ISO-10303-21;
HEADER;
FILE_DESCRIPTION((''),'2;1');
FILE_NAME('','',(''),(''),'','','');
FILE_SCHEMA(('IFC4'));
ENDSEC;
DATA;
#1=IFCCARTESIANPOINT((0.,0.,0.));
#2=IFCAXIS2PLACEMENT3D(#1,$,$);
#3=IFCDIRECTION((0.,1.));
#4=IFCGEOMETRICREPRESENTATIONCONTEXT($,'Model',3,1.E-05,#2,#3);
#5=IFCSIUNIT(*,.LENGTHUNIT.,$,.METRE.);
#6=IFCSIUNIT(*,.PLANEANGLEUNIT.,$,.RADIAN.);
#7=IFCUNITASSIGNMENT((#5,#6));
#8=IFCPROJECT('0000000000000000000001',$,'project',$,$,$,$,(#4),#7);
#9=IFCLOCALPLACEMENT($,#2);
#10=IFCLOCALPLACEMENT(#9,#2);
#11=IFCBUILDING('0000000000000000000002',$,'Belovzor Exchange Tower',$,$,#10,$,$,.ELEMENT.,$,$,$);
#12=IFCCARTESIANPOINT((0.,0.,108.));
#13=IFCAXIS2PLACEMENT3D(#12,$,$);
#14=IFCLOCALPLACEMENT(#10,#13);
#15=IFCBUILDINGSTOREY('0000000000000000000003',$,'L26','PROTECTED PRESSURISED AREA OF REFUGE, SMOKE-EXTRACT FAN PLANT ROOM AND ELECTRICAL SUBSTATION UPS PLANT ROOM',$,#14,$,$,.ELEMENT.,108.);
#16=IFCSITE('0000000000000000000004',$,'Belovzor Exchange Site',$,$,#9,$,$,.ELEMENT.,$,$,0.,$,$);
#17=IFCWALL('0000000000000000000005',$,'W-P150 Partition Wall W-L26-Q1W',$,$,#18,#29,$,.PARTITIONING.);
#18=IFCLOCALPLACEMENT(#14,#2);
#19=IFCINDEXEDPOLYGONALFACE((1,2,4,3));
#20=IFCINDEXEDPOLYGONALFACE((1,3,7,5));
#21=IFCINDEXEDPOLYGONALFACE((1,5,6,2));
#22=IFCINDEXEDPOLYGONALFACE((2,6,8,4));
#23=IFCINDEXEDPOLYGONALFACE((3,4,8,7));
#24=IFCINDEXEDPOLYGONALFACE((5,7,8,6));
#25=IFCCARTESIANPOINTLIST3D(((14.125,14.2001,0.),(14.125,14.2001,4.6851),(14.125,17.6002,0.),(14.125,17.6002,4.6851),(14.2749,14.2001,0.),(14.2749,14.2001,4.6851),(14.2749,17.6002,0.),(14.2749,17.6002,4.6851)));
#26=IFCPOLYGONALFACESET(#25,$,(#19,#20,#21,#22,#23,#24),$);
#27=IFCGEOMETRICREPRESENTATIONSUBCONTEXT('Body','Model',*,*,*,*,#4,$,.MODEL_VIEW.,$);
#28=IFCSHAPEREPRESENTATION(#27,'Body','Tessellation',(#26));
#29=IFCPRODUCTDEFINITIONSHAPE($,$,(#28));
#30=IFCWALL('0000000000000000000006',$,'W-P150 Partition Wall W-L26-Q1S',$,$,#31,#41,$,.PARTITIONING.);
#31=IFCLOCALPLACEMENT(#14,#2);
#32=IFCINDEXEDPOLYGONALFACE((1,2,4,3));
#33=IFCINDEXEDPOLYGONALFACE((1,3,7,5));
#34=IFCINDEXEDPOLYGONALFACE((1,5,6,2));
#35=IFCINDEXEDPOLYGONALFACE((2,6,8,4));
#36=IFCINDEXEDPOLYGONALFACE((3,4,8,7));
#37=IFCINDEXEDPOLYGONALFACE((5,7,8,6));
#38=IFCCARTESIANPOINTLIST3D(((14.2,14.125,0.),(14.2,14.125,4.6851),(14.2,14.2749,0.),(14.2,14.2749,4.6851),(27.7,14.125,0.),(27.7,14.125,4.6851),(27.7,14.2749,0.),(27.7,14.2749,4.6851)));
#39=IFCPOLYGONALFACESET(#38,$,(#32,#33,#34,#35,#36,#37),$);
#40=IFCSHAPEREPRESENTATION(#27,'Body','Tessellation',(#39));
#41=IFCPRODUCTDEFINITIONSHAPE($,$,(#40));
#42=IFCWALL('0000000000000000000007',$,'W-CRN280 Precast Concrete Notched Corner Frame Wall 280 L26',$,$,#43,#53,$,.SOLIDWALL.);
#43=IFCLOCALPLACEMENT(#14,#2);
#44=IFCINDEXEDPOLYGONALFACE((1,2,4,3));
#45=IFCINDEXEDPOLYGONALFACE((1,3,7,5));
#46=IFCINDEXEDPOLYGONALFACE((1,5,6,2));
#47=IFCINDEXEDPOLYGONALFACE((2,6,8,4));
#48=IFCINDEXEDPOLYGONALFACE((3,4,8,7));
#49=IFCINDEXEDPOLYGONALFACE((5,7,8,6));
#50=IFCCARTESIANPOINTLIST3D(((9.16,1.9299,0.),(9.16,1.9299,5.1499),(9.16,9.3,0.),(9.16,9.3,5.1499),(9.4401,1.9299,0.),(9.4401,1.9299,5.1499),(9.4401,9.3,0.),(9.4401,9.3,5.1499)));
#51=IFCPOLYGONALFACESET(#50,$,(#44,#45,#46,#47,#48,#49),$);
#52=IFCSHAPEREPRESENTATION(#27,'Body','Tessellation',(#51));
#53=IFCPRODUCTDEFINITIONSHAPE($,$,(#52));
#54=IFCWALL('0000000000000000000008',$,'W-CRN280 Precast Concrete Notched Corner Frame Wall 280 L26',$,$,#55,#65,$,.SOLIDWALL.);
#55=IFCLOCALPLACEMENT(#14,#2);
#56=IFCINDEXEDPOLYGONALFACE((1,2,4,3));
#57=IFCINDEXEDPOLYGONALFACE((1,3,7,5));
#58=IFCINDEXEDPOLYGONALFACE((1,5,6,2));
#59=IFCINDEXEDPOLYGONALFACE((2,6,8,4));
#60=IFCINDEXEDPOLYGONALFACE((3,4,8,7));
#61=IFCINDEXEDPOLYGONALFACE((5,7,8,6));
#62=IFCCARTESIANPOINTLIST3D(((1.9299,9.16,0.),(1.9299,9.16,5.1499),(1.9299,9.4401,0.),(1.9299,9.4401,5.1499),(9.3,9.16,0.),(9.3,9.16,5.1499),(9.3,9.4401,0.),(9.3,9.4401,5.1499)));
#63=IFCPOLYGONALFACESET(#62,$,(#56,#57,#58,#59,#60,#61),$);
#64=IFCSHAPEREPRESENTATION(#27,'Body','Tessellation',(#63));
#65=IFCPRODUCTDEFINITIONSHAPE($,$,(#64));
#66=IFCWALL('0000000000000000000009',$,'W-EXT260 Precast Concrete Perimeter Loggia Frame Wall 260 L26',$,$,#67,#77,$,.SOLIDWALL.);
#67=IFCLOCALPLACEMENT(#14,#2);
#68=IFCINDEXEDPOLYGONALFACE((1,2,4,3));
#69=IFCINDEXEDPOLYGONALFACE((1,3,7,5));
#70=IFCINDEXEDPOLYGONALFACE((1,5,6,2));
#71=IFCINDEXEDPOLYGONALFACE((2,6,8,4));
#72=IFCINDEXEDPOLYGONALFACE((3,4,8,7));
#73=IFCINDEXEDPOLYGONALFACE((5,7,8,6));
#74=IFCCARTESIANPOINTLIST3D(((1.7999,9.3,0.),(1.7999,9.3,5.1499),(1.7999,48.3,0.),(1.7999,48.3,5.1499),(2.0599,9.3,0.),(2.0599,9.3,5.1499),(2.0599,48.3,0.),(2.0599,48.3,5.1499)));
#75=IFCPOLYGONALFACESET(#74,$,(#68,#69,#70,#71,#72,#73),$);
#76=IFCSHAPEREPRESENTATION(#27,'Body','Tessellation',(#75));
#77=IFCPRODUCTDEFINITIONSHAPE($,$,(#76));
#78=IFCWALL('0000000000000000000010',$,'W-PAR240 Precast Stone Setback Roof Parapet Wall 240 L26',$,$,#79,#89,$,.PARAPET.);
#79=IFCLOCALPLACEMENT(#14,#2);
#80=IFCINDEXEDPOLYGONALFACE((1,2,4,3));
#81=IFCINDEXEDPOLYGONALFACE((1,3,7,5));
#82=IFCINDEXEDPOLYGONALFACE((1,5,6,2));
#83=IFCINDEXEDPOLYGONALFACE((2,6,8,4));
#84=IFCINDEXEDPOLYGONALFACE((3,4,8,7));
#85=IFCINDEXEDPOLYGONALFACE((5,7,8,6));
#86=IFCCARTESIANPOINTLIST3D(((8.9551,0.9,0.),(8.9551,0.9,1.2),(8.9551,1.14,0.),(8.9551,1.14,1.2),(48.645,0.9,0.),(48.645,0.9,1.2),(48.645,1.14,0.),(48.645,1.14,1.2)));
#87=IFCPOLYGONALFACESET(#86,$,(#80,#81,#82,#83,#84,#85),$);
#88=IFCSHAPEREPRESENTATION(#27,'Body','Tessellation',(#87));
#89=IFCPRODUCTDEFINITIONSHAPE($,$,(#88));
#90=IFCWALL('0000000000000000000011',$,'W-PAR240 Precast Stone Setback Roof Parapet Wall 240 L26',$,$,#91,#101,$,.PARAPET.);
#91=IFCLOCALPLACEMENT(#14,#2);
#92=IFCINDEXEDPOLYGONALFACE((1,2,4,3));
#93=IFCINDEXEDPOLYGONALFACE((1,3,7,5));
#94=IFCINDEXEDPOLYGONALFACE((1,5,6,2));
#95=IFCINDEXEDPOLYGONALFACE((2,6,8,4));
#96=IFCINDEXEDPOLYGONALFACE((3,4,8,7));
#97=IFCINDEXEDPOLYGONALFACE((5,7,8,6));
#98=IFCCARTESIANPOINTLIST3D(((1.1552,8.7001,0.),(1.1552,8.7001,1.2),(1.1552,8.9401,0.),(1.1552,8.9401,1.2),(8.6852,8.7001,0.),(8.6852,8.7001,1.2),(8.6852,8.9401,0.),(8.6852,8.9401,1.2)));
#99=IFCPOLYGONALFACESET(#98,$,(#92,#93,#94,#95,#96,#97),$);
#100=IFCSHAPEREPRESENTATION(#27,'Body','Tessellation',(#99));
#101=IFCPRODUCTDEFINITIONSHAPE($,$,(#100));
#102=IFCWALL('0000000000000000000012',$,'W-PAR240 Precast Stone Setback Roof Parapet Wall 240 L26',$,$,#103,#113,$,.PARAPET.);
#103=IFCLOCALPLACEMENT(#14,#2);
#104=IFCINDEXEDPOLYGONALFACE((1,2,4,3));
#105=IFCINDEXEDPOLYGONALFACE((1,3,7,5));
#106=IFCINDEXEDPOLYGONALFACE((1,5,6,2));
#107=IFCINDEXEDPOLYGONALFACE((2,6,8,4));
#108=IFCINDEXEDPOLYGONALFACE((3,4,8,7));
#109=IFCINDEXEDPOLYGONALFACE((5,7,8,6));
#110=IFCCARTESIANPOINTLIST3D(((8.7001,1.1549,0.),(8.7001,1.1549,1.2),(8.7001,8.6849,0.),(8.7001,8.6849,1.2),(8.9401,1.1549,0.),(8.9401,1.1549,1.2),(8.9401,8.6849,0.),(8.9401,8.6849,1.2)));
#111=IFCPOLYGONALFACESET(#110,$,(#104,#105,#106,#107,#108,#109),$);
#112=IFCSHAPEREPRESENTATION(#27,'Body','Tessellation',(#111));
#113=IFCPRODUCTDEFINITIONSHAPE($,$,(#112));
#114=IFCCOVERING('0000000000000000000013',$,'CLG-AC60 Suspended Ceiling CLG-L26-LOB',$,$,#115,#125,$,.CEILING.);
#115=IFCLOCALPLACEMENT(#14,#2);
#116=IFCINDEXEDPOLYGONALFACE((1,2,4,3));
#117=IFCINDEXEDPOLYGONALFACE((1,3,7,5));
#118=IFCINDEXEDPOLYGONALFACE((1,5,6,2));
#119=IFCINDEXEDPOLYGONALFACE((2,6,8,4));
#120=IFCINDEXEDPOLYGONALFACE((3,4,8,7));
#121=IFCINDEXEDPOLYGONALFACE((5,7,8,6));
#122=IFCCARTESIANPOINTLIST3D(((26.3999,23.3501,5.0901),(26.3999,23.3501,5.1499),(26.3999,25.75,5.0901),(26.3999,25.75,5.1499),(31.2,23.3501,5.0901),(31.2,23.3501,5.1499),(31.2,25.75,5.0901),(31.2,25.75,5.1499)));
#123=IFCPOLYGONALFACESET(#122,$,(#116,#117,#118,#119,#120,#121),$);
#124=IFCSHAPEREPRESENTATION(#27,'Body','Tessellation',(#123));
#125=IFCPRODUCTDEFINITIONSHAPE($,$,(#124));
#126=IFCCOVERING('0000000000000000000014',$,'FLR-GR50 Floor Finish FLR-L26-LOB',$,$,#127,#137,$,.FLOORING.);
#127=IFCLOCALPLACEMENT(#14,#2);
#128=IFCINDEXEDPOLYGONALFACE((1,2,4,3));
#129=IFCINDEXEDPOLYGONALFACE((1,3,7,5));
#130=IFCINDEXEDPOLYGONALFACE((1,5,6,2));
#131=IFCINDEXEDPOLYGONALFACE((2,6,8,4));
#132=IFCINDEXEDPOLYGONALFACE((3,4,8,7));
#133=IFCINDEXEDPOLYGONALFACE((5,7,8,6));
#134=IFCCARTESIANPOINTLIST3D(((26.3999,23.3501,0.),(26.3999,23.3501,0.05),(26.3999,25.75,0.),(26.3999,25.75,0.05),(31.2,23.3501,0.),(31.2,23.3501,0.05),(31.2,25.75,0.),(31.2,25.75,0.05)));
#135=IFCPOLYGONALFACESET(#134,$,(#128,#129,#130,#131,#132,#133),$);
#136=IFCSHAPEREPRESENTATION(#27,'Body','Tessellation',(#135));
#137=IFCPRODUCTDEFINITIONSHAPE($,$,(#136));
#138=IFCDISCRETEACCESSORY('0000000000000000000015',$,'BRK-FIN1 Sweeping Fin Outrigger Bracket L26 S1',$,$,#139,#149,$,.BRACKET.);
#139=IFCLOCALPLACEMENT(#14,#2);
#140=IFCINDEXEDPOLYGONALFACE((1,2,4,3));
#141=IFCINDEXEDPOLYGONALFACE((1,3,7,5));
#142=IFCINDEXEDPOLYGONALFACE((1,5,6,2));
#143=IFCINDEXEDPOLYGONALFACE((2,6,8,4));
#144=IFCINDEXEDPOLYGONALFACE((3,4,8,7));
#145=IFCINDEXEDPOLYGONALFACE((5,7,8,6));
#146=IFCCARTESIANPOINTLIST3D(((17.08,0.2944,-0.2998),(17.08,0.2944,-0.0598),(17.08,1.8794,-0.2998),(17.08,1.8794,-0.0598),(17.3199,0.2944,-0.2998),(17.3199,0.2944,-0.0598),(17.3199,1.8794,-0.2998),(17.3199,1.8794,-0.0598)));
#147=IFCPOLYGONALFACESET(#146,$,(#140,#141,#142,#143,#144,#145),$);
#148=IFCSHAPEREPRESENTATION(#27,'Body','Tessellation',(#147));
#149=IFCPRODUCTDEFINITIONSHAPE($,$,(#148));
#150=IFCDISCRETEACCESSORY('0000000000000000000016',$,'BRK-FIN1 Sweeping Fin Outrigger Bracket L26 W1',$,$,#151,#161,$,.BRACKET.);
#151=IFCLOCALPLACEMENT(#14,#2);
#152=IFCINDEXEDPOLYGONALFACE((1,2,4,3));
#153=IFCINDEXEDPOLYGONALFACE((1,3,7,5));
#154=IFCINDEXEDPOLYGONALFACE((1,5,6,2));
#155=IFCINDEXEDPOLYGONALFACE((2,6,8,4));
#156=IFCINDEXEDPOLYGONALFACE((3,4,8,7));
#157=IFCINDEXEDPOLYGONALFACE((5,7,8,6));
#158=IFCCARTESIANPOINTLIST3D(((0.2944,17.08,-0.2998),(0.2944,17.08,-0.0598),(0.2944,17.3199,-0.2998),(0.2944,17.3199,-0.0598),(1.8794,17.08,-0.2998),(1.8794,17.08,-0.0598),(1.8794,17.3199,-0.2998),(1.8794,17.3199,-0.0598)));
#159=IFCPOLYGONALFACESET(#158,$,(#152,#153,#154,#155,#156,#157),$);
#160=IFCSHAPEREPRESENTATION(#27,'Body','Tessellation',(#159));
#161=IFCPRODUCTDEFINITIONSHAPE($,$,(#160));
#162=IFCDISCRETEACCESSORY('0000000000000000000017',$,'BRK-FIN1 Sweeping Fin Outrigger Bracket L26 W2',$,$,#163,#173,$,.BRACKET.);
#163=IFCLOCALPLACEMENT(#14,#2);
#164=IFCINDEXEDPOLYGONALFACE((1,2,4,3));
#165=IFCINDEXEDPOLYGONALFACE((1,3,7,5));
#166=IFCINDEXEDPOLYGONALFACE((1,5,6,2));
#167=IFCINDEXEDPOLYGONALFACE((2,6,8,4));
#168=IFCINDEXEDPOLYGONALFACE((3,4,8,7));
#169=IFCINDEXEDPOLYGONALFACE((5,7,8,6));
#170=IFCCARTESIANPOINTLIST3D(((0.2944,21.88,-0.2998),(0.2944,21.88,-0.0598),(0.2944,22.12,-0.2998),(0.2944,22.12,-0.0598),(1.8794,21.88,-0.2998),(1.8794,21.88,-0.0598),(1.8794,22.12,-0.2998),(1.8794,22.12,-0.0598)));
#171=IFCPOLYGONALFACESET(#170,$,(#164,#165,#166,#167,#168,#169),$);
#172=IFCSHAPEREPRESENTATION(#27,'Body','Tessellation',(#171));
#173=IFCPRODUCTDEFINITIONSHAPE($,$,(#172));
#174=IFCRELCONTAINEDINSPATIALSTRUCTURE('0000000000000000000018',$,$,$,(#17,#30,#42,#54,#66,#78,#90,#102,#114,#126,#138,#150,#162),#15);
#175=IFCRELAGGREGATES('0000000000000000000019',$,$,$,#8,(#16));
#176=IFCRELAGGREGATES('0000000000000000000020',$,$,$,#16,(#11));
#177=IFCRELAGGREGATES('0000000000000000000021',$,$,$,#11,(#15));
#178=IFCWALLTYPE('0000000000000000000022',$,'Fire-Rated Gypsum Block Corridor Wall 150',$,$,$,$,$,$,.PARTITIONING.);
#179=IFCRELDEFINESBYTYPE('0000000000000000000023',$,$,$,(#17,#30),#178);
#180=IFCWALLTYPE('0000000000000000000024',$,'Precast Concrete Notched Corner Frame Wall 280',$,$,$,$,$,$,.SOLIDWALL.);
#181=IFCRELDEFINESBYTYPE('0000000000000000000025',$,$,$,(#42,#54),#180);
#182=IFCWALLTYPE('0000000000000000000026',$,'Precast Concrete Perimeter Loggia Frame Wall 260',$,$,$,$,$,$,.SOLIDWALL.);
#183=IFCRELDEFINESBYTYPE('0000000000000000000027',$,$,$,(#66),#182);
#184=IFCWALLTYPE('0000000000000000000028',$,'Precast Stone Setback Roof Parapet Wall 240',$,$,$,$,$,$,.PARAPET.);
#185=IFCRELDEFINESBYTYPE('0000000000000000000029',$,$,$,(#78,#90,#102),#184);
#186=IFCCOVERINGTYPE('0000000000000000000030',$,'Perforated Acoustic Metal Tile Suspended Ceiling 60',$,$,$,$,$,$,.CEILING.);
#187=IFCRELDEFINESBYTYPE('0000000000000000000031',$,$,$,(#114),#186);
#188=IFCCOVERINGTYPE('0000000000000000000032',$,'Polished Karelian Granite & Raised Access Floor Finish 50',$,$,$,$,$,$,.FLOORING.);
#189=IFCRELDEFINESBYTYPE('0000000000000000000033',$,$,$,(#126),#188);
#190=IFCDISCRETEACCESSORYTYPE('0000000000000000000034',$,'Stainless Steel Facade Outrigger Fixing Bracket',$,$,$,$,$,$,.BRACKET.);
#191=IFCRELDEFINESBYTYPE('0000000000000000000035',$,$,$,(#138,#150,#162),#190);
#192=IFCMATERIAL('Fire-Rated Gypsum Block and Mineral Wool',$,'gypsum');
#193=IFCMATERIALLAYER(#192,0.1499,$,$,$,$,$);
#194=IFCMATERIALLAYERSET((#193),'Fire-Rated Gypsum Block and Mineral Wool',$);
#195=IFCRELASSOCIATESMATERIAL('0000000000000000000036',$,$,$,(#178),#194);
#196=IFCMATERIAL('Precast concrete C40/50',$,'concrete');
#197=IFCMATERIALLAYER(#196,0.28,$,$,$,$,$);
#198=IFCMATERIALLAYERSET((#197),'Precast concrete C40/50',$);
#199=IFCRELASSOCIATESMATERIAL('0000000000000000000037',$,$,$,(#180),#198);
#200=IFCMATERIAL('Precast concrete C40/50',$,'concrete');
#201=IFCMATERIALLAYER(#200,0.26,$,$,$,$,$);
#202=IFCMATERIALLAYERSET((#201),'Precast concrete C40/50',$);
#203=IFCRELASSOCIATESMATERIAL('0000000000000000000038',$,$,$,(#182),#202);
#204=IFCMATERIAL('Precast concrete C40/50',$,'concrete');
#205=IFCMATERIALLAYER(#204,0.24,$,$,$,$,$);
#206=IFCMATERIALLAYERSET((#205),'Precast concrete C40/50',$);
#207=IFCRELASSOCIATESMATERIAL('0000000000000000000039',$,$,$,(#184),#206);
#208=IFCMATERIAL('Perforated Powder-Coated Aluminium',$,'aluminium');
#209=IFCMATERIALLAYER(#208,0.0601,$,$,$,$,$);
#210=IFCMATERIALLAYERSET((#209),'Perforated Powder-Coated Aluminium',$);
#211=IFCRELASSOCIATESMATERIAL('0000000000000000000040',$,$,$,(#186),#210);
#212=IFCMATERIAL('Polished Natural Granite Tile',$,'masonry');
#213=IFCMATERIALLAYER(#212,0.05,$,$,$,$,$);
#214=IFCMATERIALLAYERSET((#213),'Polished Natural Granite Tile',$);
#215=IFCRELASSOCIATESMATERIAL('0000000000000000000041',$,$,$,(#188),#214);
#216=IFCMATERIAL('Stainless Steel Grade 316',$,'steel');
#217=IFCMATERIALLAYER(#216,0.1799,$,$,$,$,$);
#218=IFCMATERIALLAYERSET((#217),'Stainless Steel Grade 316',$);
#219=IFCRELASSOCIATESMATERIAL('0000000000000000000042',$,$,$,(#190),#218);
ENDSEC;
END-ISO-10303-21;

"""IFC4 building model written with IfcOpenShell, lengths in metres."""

from ifc_helpers import new_model, si_unit, direction, frame, frame_2d, origin, origin_2d, place, context, subcontext, project, spatial, polyline, rectangle, outline, extrude, material, layer, layer_set, type_object, element, save


model = new_model("IFC4")

# Units and contexts
model_context = context("Model", 3, precision=1e-05, world=origin(), true_north=direction((0.0, 1.0)))
body_context = subcontext(model_context, "Body", "Model", "MODEL_VIEW")
ifc_project = project(units=[si_unit("LENGTHUNIT", "METRE"), si_unit("PLANEANGLEUNIT", "RADIAN")], contexts=[model_context])

# Site, building, storey
site_placement = place(None, origin())
site = spatial("IfcSite", under=ifc_project, at=site_placement, Name="Belovzor Exchange Site", CompositionType="ELEMENT", RefElevation=0.0)
building_placement = place(site_placement, origin())
building = spatial("IfcBuilding", under=site, at=building_placement, Name="Belovzor Exchange Tower", CompositionType="ELEMENT")
storey_placement = place(building_placement, frame((0.0, 0.0, 108.0)))
storey = spatial("IfcBuildingStorey", under=building, at=storey_placement, Name="L26", Description="PROTECTED PRESSURISED AREA OF REFUGE, SMOKE-EXTRACT FAN PLANT ROOM AND ELECTRICAL SUBSTATION UPS PLANT ROOM", CompositionType="ELEMENT", Elevation=108.0)

# Walls
ifc_material_1 = material(Name="Fire-Rated Gypsum Block and Mineral Wool", Category="gypsum")
ifc_layer_1 = layer(ifc_material_1, 0.1499)
ifc_layer_set_1 = layer_set([ifc_layer_1], Name="Fire-Rated Gypsum Block and Mineral Wool")
wall_type_1 = type_object("IfcWallType", Name="Fire-Rated Gypsum Block Corridor Wall 150", PredefinedType="PARTITIONING", material=ifc_layer_set_1)
wall_1_placement = place(storey_placement, frame((14.2, 14.2, 0.0), z_axis=(0.0, 0.0, 1.0), x_axis=(0.0, 1.0, 0.0)))
element("IfcWall", 1, at=wall_1_placement, inside=storey, type_object=wall_type_1, Name="W-P150 Partition Wall W-L26-Q1W", PredefinedType="PARTITIONING", context=body_context, shape_type="SweptSolid", body=[
    extrude(rectangle(XDim=3.4001, YDim=0.1499, at=frame_2d((1.7002, 0.0))), origin(), (0.0, 0.0, 1.0), 4.6851),
])
wall_2_placement = place(storey_placement, frame((14.2, 14.2, 0.0), z_axis=(0.0, 0.0, 1.0), x_axis=(1.0, 0.0, 0.0)))
element("IfcWall", 2, at=wall_2_placement, inside=storey, type_object=wall_type_1, Name="W-P150 Partition Wall W-L26-Q1S", PredefinedType="PARTITIONING", context=body_context, shape_type="SweptSolid", body=[
    extrude(rectangle(XDim=13.5, YDim=0.1499, at=frame_2d((6.75, 0.0))), origin(), (0.0, 0.0, 1.0), 4.6851),
])
ifc_material_2 = material(Name="Precast concrete C40/50", Category="concrete")
ifc_layer_2 = layer(ifc_material_2, 0.28)
ifc_layer_set_2 = layer_set([ifc_layer_2], Name="Precast concrete C40/50")
wall_type_2 = type_object("IfcWallType", Name="Precast Concrete Notched Corner Frame Wall 280", PredefinedType="SOLIDWALL", material=ifc_layer_set_2)
for number, where, z_axis, x_axis, name in (
    (3, (9.3, 1.9299, 0.0), (0.0, 0.0, 1.0), (0.0, 1.0, 0.0), "W-CRN280 Precast Concrete Notched Corner Frame Wall 280 L26"),
    (4, (9.3, 9.3, 0.0), (0.0, 0.0, 1.0), (-1.0, 0.0, 0.0), "W-CRN280 Precast Concrete Notched Corner Frame Wall 280 L26"),
):
    element("IfcWall", number, at=place(storey_placement, frame(where, z_axis=z_axis, x_axis=x_axis)), inside=storey, type_object=wall_type_2, Name=name, PredefinedType="SOLIDWALL", context=body_context, shape_type="SweptSolid", body=[
        extrude(rectangle(XDim=7.3701, YDim=0.28, at=frame_2d((3.6851, 0.0))), origin(), (0.0, 0.0, 1.0), 5.1499),
    ])
ifc_material_3 = material(Name="Precast concrete C40/50", Category="concrete")
ifc_layer_3 = layer(ifc_material_3, 0.26)
ifc_layer_set_3 = layer_set([ifc_layer_3], Name="Precast concrete C40/50")
wall_type_3 = type_object("IfcWallType", Name="Precast Concrete Perimeter Loggia Frame Wall 260", PredefinedType="SOLIDWALL", material=ifc_layer_set_3)
wall_3_placement = place(storey_placement, frame((1.9299, 9.3, 0.0), z_axis=(0.0, 0.0, 1.0), x_axis=(0.0, 1.0, 0.0)))
element("IfcWall", 5, at=wall_3_placement, inside=storey, type_object=wall_type_3, Name="W-EXT260 Precast Concrete Perimeter Loggia Frame Wall 260 L26", PredefinedType="SOLIDWALL", context=body_context, shape_type="SweptSolid", body=[
    extrude(rectangle(XDim=39.0, YDim=0.26, at=frame_2d((19.5, 0.0))), origin(), (0.0, 0.0, 1.0), 5.1499),
])
ifc_material_4 = material(Name="Precast concrete C40/50", Category="concrete")
ifc_layer_4 = layer(ifc_material_4, 0.24)
ifc_layer_set_4 = layer_set([ifc_layer_4], Name="Precast concrete C40/50")
wall_type_4 = type_object("IfcWallType", Name="Precast Stone Setback Roof Parapet Wall 240", PredefinedType="PARAPET", material=ifc_layer_set_4)
wall_4_placement = place(storey_placement, frame((8.9551, 1.02, 0.0), z_axis=(0.0, 0.0, 1.0), x_axis=(1.0, 0.0, 0.0)))
element("IfcWall", 6, at=wall_4_placement, inside=storey, type_object=wall_type_4, Name="W-PAR240 Precast Stone Setback Roof Parapet Wall 240 L26", PredefinedType="PARAPET", context=body_context, shape_type="SweptSolid", body=[
    extrude(rectangle(XDim=39.6899, YDim=0.24, at=frame_2d((19.845, 0.0))), origin(), (0.0, 0.0, 1.0), 1.2),
])
for number, where, z_axis, x_axis, name in (
    (7, (1.155, 8.8201, 0.0), (0.0, 0.0, 1.0), (1.0, 0.0, 0.0), "W-PAR240 Precast Stone Setback Roof Parapet Wall 240 L26"),
    (8, (8.8201, 8.6851, 0.0), (0.0, 0.0, 1.0), (0.0, -1.0, 0.0), "W-PAR240 Precast Stone Setback Roof Parapet Wall 240 L26"),
):
    element("IfcWall", number, at=place(storey_placement, frame(where, z_axis=z_axis, x_axis=x_axis)), inside=storey, type_object=wall_type_4, Name=name, PredefinedType="PARAPET", context=body_context, shape_type="SweptSolid", body=[
        extrude(rectangle(XDim=7.53, YDim=0.24, at=frame_2d((3.7651, 0.0))), origin(), (0.0, 0.0, 1.0), 1.2),
    ])

# Coverings
ifc_material_5 = material(Name="Perforated Powder-Coated Aluminium", Category="aluminium")
ifc_layer_5 = layer(ifc_material_5, 0.0601)
ifc_layer_set_5 = layer_set([ifc_layer_5], Name="Perforated Powder-Coated Aluminium")
covering_type_1 = type_object("IfcCoveringType", Name="Perforated Acoustic Metal Tile Suspended Ceiling 60", PredefinedType="CEILING", material=ifc_layer_set_5)
covering_1_placement = place(storey_placement, frame((0.0, 0.0, 5.0901)))
element("IfcCovering", 9, at=covering_1_placement, inside=storey, type_object=covering_type_1, Name="CLG-AC60 Suspended Ceiling CLG-L26-LOB", PredefinedType="CEILING", context=body_context, shape_type="SweptSolid", body=[
    extrude(outline(polyline([(26.3999, 23.3501), (31.2, 23.3501), (31.2, 25.75), (26.3999, 25.75), (26.3999, 23.3501)])), origin(), (0.0, 0.0, 1.0), 0.0598),
])
ifc_material_6 = material(Name="Polished Natural Granite Tile", Category="masonry")
ifc_layer_6 = layer(ifc_material_6, 0.05)
ifc_layer_set_6 = layer_set([ifc_layer_6], Name="Polished Natural Granite Tile")
covering_type_2 = type_object("IfcCoveringType", Name="Polished Karelian Granite & Raised Access Floor Finish 50", PredefinedType="FLOORING", material=ifc_layer_set_6)
covering_2_placement = place(storey_placement, origin())
element("IfcCovering", 10, at=covering_2_placement, inside=storey, type_object=covering_type_2, Name="FLR-GR50 Floor Finish FLR-L26-LOB", PredefinedType="FLOORING", context=body_context, shape_type="SweptSolid", body=[
    extrude(outline(polyline([(26.3999, 23.3501), (31.2, 23.3501), (31.2, 25.75), (26.3999, 25.75), (26.3999, 23.3501)])), origin(), (0.0, 0.0, 1.0), 0.05),
])

# Discrete accessories
ifc_material_7 = material(Name="Stainless Steel Grade 316", Category="steel")
ifc_layer_7 = layer(ifc_material_7, 0.1799)
ifc_layer_set_7 = layer_set([ifc_layer_7], Name="Stainless Steel Grade 316")
discrete_accessory_type = type_object("IfcDiscreteAccessoryType", Name="Stainless Steel Facade Outrigger Fixing Bracket", PredefinedType="BRACKET", material=ifc_layer_set_7)
for number, where, z_axis, x_axis, name in (
    (11, (17.2, 1.0869, -0.2998), (0.0, 0.0, 1.0), (0.0, 1.0, 0.0), "BRK-FIN1 Sweeping Fin Outrigger Bracket L26 S1"),
    (12, (1.0869, 17.2, -0.2998), (0.0, 0.0, 1.0), (1.0, 0.0, 0.0), "BRK-FIN1 Sweeping Fin Outrigger Bracket L26 W1"),
    (13, (1.0869, 22.0, -0.2998), (0.0, 0.0, 1.0), (1.0, 0.0, 0.0), "BRK-FIN1 Sweeping Fin Outrigger Bracket L26 W2"),
):
    element("IfcDiscreteAccessory", number, at=place(storey_placement, frame(where, z_axis=z_axis, x_axis=x_axis)), inside=storey, type_object=discrete_accessory_type, Name=name, PredefinedType="BRACKET", context=body_context, shape_type="SweptSolid", body=[
        extrude(rectangle(XDim=1.585, YDim=0.24, at=origin_2d()), origin(), (0.0, 0.0, 1.0), 0.24),
    ])

save(model, "model.ifc")
